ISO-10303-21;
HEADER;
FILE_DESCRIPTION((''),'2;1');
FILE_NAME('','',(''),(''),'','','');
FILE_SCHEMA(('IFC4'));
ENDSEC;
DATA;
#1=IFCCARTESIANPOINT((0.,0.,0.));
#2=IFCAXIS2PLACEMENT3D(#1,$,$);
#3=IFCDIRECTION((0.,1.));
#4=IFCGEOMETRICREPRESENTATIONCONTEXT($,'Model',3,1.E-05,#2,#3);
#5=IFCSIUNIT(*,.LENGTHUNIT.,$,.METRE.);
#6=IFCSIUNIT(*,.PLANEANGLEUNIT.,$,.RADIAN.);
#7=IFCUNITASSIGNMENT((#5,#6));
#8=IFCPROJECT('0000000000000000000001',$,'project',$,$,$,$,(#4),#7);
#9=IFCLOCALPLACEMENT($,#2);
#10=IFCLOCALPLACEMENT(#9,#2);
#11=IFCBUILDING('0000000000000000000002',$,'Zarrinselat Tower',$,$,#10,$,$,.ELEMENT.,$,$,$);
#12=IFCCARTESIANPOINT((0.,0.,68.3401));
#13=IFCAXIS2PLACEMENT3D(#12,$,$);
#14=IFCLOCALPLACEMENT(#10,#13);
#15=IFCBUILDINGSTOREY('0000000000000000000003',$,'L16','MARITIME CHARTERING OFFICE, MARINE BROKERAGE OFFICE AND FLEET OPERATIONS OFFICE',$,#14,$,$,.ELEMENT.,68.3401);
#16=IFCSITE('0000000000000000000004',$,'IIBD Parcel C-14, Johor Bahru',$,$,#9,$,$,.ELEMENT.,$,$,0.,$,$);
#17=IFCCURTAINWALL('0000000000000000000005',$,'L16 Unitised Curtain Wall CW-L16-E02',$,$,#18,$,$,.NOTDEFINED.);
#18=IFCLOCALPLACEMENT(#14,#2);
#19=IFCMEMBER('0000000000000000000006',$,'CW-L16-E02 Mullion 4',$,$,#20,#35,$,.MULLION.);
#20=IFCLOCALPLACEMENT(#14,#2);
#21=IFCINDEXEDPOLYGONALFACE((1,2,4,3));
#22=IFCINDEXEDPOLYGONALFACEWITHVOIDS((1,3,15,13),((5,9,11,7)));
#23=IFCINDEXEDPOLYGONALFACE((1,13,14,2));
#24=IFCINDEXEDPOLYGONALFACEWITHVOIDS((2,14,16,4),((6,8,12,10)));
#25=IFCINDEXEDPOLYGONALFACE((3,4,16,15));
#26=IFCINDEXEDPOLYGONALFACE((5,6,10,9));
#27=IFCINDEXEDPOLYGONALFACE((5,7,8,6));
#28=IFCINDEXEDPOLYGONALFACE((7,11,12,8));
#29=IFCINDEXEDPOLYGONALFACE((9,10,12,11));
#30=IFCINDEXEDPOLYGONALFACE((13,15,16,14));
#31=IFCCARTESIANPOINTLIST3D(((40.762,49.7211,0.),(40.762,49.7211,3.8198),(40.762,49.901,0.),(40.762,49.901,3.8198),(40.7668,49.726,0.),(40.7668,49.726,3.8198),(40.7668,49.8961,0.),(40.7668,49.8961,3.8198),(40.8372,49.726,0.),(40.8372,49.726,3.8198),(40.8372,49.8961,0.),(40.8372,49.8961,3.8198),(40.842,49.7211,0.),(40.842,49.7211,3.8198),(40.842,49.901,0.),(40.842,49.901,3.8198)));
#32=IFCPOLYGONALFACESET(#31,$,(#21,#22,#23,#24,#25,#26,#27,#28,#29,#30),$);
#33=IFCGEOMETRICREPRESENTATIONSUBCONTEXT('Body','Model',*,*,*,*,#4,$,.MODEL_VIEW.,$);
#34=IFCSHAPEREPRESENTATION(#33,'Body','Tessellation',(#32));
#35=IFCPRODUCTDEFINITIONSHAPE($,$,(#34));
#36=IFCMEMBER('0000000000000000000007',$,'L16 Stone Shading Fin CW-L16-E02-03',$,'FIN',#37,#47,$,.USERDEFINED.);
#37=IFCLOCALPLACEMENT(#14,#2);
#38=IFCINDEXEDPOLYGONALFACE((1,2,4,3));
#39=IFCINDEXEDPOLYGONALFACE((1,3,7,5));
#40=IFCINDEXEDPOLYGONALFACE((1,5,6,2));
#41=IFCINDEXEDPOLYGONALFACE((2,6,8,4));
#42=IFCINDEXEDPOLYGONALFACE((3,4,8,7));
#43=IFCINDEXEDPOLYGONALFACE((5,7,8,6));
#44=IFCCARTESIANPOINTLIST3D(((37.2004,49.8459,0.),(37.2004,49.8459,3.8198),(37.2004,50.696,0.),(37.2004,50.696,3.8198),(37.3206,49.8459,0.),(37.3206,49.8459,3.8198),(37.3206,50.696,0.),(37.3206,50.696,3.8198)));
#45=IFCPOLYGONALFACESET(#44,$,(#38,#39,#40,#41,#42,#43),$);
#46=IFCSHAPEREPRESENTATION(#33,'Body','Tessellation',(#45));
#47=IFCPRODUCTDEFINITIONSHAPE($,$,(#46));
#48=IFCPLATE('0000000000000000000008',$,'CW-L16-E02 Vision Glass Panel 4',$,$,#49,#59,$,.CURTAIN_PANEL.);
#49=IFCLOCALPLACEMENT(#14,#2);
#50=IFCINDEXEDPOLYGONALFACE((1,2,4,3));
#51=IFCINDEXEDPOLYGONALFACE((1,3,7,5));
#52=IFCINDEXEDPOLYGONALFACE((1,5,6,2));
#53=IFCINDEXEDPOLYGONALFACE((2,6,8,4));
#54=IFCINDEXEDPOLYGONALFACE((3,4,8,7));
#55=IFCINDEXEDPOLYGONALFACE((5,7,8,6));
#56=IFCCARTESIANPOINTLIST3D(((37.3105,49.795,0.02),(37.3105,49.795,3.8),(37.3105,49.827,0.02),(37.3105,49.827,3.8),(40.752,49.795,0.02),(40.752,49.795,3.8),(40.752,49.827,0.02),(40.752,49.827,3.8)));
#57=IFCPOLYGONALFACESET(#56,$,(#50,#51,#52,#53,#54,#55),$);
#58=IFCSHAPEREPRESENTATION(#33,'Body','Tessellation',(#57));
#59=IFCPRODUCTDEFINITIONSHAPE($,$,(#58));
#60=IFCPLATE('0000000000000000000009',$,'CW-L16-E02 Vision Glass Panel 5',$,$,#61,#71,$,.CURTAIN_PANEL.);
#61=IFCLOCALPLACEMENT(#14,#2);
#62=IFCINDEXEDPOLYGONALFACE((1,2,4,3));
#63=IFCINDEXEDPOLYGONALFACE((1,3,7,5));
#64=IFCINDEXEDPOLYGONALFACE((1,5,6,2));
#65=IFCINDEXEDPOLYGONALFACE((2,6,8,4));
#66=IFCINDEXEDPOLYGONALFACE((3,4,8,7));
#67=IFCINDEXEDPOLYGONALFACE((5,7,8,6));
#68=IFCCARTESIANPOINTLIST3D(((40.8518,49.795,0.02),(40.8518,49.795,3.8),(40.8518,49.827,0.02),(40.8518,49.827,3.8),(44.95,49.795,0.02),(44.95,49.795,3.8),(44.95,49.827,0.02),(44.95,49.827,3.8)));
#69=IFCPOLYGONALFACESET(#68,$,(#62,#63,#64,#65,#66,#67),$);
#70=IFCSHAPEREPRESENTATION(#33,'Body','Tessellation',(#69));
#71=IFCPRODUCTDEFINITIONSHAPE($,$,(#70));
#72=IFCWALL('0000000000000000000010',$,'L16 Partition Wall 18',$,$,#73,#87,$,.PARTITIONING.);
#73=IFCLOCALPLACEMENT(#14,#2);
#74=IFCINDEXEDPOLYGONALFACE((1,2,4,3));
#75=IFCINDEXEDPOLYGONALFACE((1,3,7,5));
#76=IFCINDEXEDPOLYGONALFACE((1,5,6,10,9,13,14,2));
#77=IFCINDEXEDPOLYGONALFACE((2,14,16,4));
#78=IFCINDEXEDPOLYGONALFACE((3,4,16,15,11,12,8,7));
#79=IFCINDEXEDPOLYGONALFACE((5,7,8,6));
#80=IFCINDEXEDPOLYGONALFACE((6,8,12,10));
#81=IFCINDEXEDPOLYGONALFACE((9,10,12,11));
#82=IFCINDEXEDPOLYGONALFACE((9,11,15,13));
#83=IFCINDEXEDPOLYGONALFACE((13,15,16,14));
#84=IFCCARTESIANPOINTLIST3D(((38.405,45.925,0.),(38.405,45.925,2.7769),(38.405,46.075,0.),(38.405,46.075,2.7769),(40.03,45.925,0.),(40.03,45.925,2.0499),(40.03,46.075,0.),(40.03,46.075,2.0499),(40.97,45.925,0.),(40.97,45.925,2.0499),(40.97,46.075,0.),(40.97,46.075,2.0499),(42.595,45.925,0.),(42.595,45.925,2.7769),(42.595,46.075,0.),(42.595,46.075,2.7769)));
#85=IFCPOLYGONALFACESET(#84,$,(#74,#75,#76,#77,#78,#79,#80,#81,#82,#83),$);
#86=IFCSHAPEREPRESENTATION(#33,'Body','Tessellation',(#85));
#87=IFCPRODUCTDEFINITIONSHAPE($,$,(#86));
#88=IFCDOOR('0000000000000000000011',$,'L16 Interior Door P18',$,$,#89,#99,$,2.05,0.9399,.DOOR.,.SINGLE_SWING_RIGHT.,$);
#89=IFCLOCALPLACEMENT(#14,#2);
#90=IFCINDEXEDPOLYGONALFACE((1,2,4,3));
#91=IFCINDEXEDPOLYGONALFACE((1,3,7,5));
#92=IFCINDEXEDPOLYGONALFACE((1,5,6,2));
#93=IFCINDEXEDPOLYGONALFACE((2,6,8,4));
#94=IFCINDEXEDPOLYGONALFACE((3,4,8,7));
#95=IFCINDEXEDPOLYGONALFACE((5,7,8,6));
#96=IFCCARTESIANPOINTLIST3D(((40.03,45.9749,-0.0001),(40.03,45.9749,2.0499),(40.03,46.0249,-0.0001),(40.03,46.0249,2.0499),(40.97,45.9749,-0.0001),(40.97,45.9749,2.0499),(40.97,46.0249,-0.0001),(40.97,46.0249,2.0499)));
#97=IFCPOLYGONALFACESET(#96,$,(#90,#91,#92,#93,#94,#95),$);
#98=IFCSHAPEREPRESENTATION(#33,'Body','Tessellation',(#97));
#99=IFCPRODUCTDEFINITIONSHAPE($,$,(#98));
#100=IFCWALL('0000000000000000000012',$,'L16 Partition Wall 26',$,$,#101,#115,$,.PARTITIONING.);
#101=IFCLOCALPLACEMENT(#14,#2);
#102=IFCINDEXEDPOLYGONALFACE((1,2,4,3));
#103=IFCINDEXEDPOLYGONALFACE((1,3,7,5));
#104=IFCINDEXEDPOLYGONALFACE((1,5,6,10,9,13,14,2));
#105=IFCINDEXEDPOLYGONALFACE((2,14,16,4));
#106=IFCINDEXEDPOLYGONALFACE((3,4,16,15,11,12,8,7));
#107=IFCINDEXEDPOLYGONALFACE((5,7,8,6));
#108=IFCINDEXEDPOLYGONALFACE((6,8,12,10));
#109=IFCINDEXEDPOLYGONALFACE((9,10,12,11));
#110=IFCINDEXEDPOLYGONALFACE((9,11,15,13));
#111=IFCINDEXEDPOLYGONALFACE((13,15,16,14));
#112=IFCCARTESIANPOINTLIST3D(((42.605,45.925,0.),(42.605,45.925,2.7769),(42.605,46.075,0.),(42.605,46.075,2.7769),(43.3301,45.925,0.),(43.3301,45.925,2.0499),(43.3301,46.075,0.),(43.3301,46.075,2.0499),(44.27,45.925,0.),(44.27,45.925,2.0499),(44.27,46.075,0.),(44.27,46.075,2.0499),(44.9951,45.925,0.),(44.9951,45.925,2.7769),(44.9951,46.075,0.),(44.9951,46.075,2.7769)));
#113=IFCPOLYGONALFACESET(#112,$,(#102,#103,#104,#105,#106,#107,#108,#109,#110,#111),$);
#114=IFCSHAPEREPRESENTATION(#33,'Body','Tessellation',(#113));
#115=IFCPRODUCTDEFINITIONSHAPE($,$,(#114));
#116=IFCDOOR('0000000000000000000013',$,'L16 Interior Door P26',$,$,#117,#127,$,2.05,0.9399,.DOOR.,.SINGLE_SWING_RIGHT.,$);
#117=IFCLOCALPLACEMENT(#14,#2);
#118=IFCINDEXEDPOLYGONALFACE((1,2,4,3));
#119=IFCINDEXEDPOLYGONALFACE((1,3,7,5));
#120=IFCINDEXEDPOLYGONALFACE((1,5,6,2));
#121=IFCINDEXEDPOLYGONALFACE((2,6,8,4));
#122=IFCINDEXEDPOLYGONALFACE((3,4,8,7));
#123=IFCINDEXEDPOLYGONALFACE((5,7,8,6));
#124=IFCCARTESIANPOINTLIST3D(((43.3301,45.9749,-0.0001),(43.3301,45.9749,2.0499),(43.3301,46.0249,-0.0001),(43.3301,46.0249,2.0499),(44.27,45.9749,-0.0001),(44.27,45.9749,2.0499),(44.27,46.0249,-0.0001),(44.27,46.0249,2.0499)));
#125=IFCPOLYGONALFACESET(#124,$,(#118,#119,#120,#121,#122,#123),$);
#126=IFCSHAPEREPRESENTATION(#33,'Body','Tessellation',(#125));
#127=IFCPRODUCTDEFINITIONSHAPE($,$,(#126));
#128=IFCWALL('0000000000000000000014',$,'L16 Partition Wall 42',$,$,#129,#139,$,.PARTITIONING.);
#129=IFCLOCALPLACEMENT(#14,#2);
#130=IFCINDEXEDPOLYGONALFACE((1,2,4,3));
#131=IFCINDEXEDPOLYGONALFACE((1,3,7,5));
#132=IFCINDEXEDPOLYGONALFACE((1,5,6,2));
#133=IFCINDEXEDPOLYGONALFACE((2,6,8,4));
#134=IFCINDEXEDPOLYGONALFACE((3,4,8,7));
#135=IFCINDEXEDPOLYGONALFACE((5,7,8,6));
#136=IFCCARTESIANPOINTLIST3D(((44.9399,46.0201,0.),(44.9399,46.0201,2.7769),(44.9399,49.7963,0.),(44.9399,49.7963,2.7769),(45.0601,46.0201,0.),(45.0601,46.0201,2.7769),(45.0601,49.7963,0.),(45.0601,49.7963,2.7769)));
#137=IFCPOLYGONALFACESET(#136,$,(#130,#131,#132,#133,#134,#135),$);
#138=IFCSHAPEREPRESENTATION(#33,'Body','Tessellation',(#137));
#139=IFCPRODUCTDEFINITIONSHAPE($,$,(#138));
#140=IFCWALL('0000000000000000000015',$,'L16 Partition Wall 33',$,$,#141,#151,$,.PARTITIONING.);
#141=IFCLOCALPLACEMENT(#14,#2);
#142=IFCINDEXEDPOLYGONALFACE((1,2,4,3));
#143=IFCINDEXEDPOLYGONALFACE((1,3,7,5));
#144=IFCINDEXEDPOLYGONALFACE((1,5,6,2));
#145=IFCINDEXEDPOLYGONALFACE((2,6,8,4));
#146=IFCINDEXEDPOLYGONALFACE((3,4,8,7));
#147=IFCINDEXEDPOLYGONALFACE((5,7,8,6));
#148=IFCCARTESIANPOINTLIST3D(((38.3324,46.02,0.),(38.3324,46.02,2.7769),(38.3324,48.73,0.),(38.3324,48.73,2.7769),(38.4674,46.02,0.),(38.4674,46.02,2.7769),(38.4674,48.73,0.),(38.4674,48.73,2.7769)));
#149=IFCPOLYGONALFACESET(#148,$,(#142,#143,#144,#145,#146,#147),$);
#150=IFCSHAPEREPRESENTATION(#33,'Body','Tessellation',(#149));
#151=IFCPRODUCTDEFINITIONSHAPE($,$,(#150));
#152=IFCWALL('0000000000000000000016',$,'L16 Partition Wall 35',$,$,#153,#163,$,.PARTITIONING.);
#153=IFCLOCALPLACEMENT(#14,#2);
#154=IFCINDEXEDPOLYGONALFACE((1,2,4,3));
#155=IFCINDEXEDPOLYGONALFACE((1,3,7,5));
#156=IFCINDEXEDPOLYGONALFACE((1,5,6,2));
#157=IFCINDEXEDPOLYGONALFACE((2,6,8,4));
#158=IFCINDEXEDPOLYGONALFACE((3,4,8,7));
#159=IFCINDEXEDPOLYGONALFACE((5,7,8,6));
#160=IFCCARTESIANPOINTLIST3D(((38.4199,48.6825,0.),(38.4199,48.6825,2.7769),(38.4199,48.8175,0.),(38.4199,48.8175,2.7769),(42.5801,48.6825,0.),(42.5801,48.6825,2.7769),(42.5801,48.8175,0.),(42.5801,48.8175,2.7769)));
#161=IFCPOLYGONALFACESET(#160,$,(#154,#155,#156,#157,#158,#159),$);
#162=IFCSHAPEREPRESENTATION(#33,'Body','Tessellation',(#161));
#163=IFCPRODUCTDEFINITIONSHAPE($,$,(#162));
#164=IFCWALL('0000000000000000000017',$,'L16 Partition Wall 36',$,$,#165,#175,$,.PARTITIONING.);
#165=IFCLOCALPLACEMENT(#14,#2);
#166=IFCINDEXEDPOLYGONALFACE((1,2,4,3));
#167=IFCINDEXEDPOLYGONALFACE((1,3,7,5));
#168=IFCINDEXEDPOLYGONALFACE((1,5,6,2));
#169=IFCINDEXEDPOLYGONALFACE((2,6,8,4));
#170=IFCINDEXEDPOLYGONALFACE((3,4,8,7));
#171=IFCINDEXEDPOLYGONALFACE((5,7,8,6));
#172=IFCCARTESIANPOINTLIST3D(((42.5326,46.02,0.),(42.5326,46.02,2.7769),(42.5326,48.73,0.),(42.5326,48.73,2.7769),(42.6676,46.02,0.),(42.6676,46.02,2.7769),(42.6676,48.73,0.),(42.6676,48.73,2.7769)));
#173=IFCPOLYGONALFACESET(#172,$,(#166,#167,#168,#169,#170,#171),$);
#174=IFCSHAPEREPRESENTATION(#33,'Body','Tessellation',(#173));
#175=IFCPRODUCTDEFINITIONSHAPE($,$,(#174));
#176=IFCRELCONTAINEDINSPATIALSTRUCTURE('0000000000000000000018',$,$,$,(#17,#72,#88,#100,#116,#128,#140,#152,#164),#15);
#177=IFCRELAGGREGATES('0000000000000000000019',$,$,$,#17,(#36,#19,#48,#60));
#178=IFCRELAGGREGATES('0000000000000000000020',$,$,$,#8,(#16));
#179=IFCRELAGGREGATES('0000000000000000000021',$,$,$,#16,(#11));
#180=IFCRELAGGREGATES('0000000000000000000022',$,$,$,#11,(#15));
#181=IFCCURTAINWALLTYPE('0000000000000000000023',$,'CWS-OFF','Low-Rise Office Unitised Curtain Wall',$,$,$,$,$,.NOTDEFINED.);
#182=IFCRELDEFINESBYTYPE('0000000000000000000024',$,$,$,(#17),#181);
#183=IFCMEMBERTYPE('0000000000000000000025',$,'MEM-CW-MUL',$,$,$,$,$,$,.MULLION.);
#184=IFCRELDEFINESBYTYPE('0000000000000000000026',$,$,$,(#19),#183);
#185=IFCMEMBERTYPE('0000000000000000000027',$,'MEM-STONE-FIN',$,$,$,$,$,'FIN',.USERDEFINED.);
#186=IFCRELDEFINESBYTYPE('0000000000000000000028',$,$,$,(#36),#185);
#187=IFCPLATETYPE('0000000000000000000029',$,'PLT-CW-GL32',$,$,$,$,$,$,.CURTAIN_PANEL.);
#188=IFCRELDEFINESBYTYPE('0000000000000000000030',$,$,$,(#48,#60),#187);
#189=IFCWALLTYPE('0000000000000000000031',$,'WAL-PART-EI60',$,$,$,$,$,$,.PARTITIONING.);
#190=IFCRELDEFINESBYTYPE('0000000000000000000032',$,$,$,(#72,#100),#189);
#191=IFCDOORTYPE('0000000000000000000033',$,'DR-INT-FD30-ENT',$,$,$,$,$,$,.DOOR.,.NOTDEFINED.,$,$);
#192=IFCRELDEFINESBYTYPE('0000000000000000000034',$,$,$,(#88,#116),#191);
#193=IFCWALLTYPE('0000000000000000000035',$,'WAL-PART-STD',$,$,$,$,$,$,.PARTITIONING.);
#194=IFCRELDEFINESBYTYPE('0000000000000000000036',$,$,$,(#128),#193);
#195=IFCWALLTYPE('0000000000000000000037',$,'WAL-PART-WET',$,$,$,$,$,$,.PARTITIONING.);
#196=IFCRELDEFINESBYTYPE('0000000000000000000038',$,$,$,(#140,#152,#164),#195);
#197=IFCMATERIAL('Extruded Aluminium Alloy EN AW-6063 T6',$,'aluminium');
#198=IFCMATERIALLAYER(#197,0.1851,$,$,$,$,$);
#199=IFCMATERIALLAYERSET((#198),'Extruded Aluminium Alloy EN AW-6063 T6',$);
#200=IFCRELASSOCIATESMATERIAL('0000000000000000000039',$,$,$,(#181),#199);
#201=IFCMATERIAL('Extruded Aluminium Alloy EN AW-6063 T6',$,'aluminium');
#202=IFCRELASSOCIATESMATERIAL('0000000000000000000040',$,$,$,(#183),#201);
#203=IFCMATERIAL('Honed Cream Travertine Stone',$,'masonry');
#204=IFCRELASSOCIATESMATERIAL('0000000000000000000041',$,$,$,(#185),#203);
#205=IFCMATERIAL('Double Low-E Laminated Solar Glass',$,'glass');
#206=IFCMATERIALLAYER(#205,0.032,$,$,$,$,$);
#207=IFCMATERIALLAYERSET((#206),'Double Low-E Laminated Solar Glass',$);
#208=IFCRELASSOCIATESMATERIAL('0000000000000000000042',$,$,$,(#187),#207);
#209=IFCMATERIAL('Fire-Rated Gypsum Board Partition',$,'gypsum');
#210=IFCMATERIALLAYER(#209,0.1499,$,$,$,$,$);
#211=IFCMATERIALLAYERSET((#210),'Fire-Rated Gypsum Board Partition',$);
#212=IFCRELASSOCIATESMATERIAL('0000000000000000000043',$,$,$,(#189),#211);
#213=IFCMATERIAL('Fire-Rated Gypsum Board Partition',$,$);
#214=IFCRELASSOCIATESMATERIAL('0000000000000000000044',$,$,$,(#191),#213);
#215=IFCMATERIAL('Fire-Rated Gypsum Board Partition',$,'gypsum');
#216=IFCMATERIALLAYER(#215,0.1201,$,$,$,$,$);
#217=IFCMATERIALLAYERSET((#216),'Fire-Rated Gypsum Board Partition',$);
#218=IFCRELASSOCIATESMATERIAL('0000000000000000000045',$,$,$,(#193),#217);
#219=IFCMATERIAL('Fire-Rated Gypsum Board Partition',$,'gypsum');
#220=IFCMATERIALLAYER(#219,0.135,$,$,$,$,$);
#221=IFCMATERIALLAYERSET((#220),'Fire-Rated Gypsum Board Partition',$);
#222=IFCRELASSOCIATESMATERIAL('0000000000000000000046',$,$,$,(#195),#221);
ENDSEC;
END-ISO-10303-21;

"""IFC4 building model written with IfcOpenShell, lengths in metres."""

from ifc_helpers import new_model, si_unit, direction, frame, frame_2d, origin, origin_2d, place, context, subcontext, project, spatial, rectangle, hollow_rectangle, extrude, material, layer, layer_set, material_profile, profile_set, type_object, element, fill, aggregate, save


model = new_model("IFC4")

# Units and contexts
model_context = context("Model", 3, precision=1e-05, world=origin(), true_north=direction((0.0, 1.0)))
body_context = subcontext(model_context, "Body", "Model", "MODEL_VIEW")
ifc_project = project(units=[si_unit("LENGTHUNIT", "METRE"), si_unit("PLANEANGLEUNIT", "RADIAN")], contexts=[model_context])

# Site, building, storey
site_placement = place(None, origin())
site = spatial("IfcSite", under=ifc_project, at=site_placement, Name="IIBD Parcel C-14, Johor Bahru", CompositionType="ELEMENT", RefElevation=0.0)
building_placement = place(site_placement, origin())
building = spatial("IfcBuilding", under=site, at=building_placement, Name="Zarrinselat Tower", CompositionType="ELEMENT")
storey_placement = place(building_placement, frame((0.0, 0.0, 68.3401)))
storey = spatial("IfcBuildingStorey", under=building, at=storey_placement, Name="L16", Description="MARITIME CHARTERING OFFICE, MARINE BROKERAGE OFFICE AND FLEET OPERATIONS OFFICE", CompositionType="ELEMENT", Elevation=68.3401)

# Curtain wall, members, plates
ifc_material_1 = material(Name="Extruded Aluminium Alloy EN AW-6063 T6", Category="aluminium")
ifc_layer_1 = layer(ifc_material_1, 0.1851)
ifc_layer_set_1 = layer_set([ifc_layer_1], Name="Extruded Aluminium Alloy EN AW-6063 T6")
curtain_wall_type = type_object("IfcCurtainWallType", Name="CWS-OFF", Description="Low-Rise Office Unitised Curtain Wall", PredefinedType="NOTDEFINED", material=ifc_layer_set_1)
curtain_wall_placement = place(storey_placement, origin())
curtain_wall = element("IfcCurtainWall", 1, at=curtain_wall_placement, inside=storey, type_object=curtain_wall_type, Name="L16 Unitised Curtain Wall CW-L16-E02", PredefinedType="NOTDEFINED")
ifc_material_2 = material(Name="Extruded Aluminium Alloy EN AW-6063 T6", Category="aluminium")
ifc_material_profile_1 = material_profile(ifc_material_2, hollow_rectangle(XDim=0.0801, YDim=0.1799, WallThickness=0.0049, at=origin_2d()), Name="RHS 180x80x5")
ifc_profile_set_1 = profile_set([ifc_material_profile_1], Name="Extruded Aluminium Alloy EN AW-6063 T6")
member_type_1 = type_object("IfcMemberType", Name="MEM-CW-MUL", PredefinedType="MULLION", material=ifc_profile_set_1)
member_1_placement = place(storey_placement, frame((40.802, 49.811, 0.0), z_axis=(0.0, 0.0, 1.0), x_axis=(1.0, 0.0, 0.0)))
member_1 = element("IfcMember", 2, at=member_1_placement, type_object=member_type_1, Name="CW-L16-E02 Mullion 4", PredefinedType="MULLION", context=body_context, shape_type="SweptSolid", body=[
    extrude(hollow_rectangle(XDim=0.0801, YDim=0.1799, WallThickness=0.0049, at=origin_2d()), origin(), (0.0, 0.0, 1.0), 3.8198),
])
ifc_material_3 = material(Name="Honed Cream Travertine Stone", Category="masonry")
ifc_material_profile_2 = material_profile(ifc_material_3, rectangle(XDim=0.1201, YDim=0.8501, at=origin_2d()), Name="FIN 850x120")
ifc_profile_set_2 = profile_set([ifc_material_profile_2], Name="Honed Cream Travertine Stone")
member_type_2 = type_object("IfcMemberType", Name="MEM-STONE-FIN", ElementType="FIN", PredefinedType="USERDEFINED", material=ifc_profile_set_2)
member_2_placement = place(storey_placement, frame((37.2605, 50.271, 0.0), z_axis=(0.0, 0.0, 1.0), x_axis=(1.0, 0.0, 0.0)))
member_2 = element("IfcMember", 3, at=member_2_placement, type_object=member_type_2, Name="L16 Stone Shading Fin CW-L16-E02-03", ObjectType="FIN", PredefinedType="USERDEFINED", context=body_context, shape_type="SweptSolid", body=[
    extrude(rectangle(XDim=0.1201, YDim=0.8501, at=origin_2d()), origin(), (0.0, 0.0, 1.0), 3.8198),
])
ifc_material_4 = material(Name="Double Low-E Laminated Solar Glass", Category="glass")
ifc_layer_2 = layer(ifc_material_4, 0.032)
ifc_layer_set_2 = layer_set([ifc_layer_2], Name="Double Low-E Laminated Solar Glass")
plate_type = type_object("IfcPlateType", Name="PLT-CW-GL32", PredefinedType="CURTAIN_PANEL", material=ifc_layer_set_2)
plate_1_placement = place(storey_placement, frame((39.0312, 49.811, 0.02), z_axis=(0.0, 0.0, 1.0), x_axis=(1.0, 0.0, 0.0)))
plate_1 = element("IfcPlate", 4, at=plate_1_placement, type_object=plate_type, Name="CW-L16-E02 Vision Glass Panel 4", PredefinedType="CURTAIN_PANEL", context=body_context, shape_type="SweptSolid", body=[
    extrude(rectangle(XDim=3.4414, YDim=0.032, at=origin_2d()), origin(), (0.0, 0.0, 1.0), 3.78),
])
plate_2_placement = place(storey_placement, frame((42.9009, 49.811, 0.02), z_axis=(0.0, 0.0, 1.0), x_axis=(1.0, 0.0, 0.0)))
plate_2 = element("IfcPlate", 5, at=plate_2_placement, type_object=plate_type, Name="CW-L16-E02 Vision Glass Panel 5", PredefinedType="CURTAIN_PANEL", context=body_context, shape_type="SweptSolid", body=[
    extrude(rectangle(XDim=4.0981, YDim=0.032, at=origin_2d()), origin(), (0.0, 0.0, 1.0), 3.78),
])
aggregate(curtain_wall, [member_2, member_1, plate_1, plate_2])

# Walls, openings, doors
ifc_material_5 = material(Name="Fire-Rated Gypsum Board Partition", Category="gypsum")
ifc_layer_3 = layer(ifc_material_5, 0.1499)
ifc_layer_set_3 = layer_set([ifc_layer_3], Name="Fire-Rated Gypsum Board Partition")
wall_type_1 = type_object("IfcWallType", Name="WAL-PART-EI60", PredefinedType="PARTITIONING", material=ifc_layer_set_3)
wall_1_placement = place(storey_placement, frame((38.405, 46.0, 0.0), z_axis=(0.0, 0.0, 1.0), x_axis=(1.0, 0.0, 0.0)))
wall_1 = element("IfcWall", 6, at=wall_1_placement, inside=storey, type_object=wall_type_1, Name="L16 Partition Wall 18", PredefinedType="PARTITIONING", context=body_context, shape_type="SweptSolid", body=[
    extrude(rectangle(XDim=4.1899, YDim=0.1499, at=frame_2d((2.095, 0.0))), origin(), (0.0, 0.0, 1.0), 2.7769),
])
opening_1_placement = place(wall_1_placement, frame((1.625, 0.0, 0.0)))
opening_1 = element("IfcOpeningElement", 7, at=opening_1_placement, cuts=wall_1, PredefinedType="OPENING", context=body_context, shape_type="SweptSolid", body=[
    extrude(rectangle(XDim=0.9399, YDim=2.05, at=frame_2d((0.47, 1.0249))), frame((0.0, 0.085, 0.0), z_axis=(0.0, -1.0, 0.0), x_axis=(1.0, 0.0, 0.0)), (0.0, 0.0, 1.0), 0.1699),
])
ifc_material_6 = material(Name="Fire-Rated Gypsum Board Partition")
door_type = type_object("IfcDoorType", Name="DR-INT-FD30-ENT", OperationType="NOTDEFINED", PredefinedType="DOOR", material=ifc_material_6)
door_1_placement = place(opening_1_placement, origin())
door_1 = element("IfcDoor", 8, at=door_1_placement, inside=storey, type_object=door_type, Name="L16 Interior Door P18", OperationType="SINGLE_SWING_RIGHT", OverallHeight=2.05, OverallWidth=0.9399, PredefinedType="DOOR", context=body_context, shape_type="SweptSolid", body=[
    extrude(rectangle(XDim=0.9399, YDim=2.05, at=frame_2d((0.47, 1.0249))), frame((0.0, 0.0249, 0.0), z_axis=(0.0, -1.0, 0.0), x_axis=(1.0, 0.0, 0.0)), (0.0, 0.0, 1.0), 0.05),
])
fill(opening_1, door_1)
wall_2_placement = place(storey_placement, frame((42.605, 46.0, 0.0), z_axis=(0.0, 0.0, 1.0), x_axis=(1.0, 0.0, 0.0)))
wall_2 = element("IfcWall", 9, at=wall_2_placement, inside=storey, type_object=wall_type_1, Name="L16 Partition Wall 26", PredefinedType="PARTITIONING", context=body_context, shape_type="SweptSolid", body=[
    extrude(rectangle(XDim=2.3901, YDim=0.1499, at=frame_2d((1.1951, 0.0))), origin(), (0.0, 0.0, 1.0), 2.7769),
])
opening_2_placement = place(wall_2_placement, frame((0.7251, 0.0, 0.0)))
opening_2 = element("IfcOpeningElement", 10, at=opening_2_placement, cuts=wall_2, PredefinedType="OPENING", context=body_context, shape_type="SweptSolid", body=[
    extrude(rectangle(XDim=0.9399, YDim=2.05, at=frame_2d((0.47, 1.0249))), frame((0.0, 0.085, 0.0), z_axis=(0.0, -1.0, 0.0), x_axis=(1.0, 0.0, 0.0)), (0.0, 0.0, 1.0), 0.1699),
])
door_2_placement = place(opening_2_placement, origin())
door_2 = element("IfcDoor", 11, at=door_2_placement, inside=storey, type_object=door_type, Name="L16 Interior Door P26", OperationType="SINGLE_SWING_RIGHT", OverallHeight=2.05, OverallWidth=0.9399, PredefinedType="DOOR", context=body_context, shape_type="SweptSolid", body=[
    extrude(rectangle(XDim=0.9399, YDim=2.05, at=frame_2d((0.47, 1.0249))), frame((0.0, 0.0249, 0.0), z_axis=(0.0, -1.0, 0.0), x_axis=(1.0, 0.0, 0.0)), (0.0, 0.0, 1.0), 0.05),
])
fill(opening_2, door_2)

# Walls
ifc_material_7 = material(Name="Fire-Rated Gypsum Board Partition", Category="gypsum")
ifc_layer_4 = layer(ifc_material_7, 0.1201)
ifc_layer_set_4 = layer_set([ifc_layer_4], Name="Fire-Rated Gypsum Board Partition")
wall_type_2 = type_object("IfcWallType", Name="WAL-PART-STD", PredefinedType="PARTITIONING", material=ifc_layer_set_4)
wall_3_placement = place(storey_placement, frame((45.0, 46.02, 0.0), z_axis=(0.0, 0.0, 1.0), x_axis=(0.0, 1.0, 0.0)))
element("IfcWall", 12, at=wall_3_placement, inside=storey, type_object=wall_type_2, Name="L16 Partition Wall 42", PredefinedType="PARTITIONING", context=body_context, shape_type="SweptSolid", body=[
    extrude(rectangle(XDim=3.7761, YDim=0.1201, at=frame_2d((1.8882, 0.0))), origin(), (0.0, 0.0, 1.0), 2.7769),
])
ifc_material_8 = material(Name="Fire-Rated Gypsum Board Partition", Category="gypsum")
ifc_layer_5 = layer(ifc_material_8, 0.135)
ifc_layer_set_5 = layer_set([ifc_layer_5], Name="Fire-Rated Gypsum Board Partition")
wall_type_3 = type_object("IfcWallType", Name="WAL-PART-WET", PredefinedType="PARTITIONING", material=ifc_layer_set_5)
wall_4_placement = place(storey_placement, frame((38.3999, 46.02, 0.0), z_axis=(0.0, 0.0, 1.0), x_axis=(0.0, 1.0, 0.0)))
element("IfcWall", 13, at=wall_4_placement, inside=storey, type_object=wall_type_3, Name="L16 Partition Wall 33", PredefinedType="PARTITIONING", context=body_context, shape_type="SweptSolid", body=[
    extrude(rectangle(XDim=2.71, YDim=0.135, at=frame_2d((1.355, 0.0))), origin(), (0.0, 0.0, 1.0), 2.7769),
])
wall_5_placement = place(storey_placement, frame((38.4199, 48.75, 0.0), z_axis=(0.0, 0.0, 1.0), x_axis=(1.0, 0.0, 0.0)))
element("IfcWall", 14, at=wall_5_placement, inside=storey, type_object=wall_type_3, Name="L16 Partition Wall 35", PredefinedType="PARTITIONING", context=body_context, shape_type="SweptSolid", body=[
    extrude(rectangle(XDim=4.1602, YDim=0.135, at=frame_2d((2.0801, 0.0))), origin(), (0.0, 0.0, 1.0), 2.7769),
])
wall_6_placement = place(storey_placement, frame((42.6001, 46.02, 0.0), z_axis=(0.0, 0.0, 1.0), x_axis=(0.0, 1.0, 0.0)))
element("IfcWall", 15, at=wall_6_placement, inside=storey, type_object=wall_type_3, Name="L16 Partition Wall 36", PredefinedType="PARTITIONING", context=body_context, shape_type="SweptSolid", body=[
    extrude(rectangle(XDim=2.71, YDim=0.135, at=frame_2d((1.355, 0.0))), origin(), (0.0, 0.0, 1.0), 2.7769),
])

save(model, "model.ifc")
